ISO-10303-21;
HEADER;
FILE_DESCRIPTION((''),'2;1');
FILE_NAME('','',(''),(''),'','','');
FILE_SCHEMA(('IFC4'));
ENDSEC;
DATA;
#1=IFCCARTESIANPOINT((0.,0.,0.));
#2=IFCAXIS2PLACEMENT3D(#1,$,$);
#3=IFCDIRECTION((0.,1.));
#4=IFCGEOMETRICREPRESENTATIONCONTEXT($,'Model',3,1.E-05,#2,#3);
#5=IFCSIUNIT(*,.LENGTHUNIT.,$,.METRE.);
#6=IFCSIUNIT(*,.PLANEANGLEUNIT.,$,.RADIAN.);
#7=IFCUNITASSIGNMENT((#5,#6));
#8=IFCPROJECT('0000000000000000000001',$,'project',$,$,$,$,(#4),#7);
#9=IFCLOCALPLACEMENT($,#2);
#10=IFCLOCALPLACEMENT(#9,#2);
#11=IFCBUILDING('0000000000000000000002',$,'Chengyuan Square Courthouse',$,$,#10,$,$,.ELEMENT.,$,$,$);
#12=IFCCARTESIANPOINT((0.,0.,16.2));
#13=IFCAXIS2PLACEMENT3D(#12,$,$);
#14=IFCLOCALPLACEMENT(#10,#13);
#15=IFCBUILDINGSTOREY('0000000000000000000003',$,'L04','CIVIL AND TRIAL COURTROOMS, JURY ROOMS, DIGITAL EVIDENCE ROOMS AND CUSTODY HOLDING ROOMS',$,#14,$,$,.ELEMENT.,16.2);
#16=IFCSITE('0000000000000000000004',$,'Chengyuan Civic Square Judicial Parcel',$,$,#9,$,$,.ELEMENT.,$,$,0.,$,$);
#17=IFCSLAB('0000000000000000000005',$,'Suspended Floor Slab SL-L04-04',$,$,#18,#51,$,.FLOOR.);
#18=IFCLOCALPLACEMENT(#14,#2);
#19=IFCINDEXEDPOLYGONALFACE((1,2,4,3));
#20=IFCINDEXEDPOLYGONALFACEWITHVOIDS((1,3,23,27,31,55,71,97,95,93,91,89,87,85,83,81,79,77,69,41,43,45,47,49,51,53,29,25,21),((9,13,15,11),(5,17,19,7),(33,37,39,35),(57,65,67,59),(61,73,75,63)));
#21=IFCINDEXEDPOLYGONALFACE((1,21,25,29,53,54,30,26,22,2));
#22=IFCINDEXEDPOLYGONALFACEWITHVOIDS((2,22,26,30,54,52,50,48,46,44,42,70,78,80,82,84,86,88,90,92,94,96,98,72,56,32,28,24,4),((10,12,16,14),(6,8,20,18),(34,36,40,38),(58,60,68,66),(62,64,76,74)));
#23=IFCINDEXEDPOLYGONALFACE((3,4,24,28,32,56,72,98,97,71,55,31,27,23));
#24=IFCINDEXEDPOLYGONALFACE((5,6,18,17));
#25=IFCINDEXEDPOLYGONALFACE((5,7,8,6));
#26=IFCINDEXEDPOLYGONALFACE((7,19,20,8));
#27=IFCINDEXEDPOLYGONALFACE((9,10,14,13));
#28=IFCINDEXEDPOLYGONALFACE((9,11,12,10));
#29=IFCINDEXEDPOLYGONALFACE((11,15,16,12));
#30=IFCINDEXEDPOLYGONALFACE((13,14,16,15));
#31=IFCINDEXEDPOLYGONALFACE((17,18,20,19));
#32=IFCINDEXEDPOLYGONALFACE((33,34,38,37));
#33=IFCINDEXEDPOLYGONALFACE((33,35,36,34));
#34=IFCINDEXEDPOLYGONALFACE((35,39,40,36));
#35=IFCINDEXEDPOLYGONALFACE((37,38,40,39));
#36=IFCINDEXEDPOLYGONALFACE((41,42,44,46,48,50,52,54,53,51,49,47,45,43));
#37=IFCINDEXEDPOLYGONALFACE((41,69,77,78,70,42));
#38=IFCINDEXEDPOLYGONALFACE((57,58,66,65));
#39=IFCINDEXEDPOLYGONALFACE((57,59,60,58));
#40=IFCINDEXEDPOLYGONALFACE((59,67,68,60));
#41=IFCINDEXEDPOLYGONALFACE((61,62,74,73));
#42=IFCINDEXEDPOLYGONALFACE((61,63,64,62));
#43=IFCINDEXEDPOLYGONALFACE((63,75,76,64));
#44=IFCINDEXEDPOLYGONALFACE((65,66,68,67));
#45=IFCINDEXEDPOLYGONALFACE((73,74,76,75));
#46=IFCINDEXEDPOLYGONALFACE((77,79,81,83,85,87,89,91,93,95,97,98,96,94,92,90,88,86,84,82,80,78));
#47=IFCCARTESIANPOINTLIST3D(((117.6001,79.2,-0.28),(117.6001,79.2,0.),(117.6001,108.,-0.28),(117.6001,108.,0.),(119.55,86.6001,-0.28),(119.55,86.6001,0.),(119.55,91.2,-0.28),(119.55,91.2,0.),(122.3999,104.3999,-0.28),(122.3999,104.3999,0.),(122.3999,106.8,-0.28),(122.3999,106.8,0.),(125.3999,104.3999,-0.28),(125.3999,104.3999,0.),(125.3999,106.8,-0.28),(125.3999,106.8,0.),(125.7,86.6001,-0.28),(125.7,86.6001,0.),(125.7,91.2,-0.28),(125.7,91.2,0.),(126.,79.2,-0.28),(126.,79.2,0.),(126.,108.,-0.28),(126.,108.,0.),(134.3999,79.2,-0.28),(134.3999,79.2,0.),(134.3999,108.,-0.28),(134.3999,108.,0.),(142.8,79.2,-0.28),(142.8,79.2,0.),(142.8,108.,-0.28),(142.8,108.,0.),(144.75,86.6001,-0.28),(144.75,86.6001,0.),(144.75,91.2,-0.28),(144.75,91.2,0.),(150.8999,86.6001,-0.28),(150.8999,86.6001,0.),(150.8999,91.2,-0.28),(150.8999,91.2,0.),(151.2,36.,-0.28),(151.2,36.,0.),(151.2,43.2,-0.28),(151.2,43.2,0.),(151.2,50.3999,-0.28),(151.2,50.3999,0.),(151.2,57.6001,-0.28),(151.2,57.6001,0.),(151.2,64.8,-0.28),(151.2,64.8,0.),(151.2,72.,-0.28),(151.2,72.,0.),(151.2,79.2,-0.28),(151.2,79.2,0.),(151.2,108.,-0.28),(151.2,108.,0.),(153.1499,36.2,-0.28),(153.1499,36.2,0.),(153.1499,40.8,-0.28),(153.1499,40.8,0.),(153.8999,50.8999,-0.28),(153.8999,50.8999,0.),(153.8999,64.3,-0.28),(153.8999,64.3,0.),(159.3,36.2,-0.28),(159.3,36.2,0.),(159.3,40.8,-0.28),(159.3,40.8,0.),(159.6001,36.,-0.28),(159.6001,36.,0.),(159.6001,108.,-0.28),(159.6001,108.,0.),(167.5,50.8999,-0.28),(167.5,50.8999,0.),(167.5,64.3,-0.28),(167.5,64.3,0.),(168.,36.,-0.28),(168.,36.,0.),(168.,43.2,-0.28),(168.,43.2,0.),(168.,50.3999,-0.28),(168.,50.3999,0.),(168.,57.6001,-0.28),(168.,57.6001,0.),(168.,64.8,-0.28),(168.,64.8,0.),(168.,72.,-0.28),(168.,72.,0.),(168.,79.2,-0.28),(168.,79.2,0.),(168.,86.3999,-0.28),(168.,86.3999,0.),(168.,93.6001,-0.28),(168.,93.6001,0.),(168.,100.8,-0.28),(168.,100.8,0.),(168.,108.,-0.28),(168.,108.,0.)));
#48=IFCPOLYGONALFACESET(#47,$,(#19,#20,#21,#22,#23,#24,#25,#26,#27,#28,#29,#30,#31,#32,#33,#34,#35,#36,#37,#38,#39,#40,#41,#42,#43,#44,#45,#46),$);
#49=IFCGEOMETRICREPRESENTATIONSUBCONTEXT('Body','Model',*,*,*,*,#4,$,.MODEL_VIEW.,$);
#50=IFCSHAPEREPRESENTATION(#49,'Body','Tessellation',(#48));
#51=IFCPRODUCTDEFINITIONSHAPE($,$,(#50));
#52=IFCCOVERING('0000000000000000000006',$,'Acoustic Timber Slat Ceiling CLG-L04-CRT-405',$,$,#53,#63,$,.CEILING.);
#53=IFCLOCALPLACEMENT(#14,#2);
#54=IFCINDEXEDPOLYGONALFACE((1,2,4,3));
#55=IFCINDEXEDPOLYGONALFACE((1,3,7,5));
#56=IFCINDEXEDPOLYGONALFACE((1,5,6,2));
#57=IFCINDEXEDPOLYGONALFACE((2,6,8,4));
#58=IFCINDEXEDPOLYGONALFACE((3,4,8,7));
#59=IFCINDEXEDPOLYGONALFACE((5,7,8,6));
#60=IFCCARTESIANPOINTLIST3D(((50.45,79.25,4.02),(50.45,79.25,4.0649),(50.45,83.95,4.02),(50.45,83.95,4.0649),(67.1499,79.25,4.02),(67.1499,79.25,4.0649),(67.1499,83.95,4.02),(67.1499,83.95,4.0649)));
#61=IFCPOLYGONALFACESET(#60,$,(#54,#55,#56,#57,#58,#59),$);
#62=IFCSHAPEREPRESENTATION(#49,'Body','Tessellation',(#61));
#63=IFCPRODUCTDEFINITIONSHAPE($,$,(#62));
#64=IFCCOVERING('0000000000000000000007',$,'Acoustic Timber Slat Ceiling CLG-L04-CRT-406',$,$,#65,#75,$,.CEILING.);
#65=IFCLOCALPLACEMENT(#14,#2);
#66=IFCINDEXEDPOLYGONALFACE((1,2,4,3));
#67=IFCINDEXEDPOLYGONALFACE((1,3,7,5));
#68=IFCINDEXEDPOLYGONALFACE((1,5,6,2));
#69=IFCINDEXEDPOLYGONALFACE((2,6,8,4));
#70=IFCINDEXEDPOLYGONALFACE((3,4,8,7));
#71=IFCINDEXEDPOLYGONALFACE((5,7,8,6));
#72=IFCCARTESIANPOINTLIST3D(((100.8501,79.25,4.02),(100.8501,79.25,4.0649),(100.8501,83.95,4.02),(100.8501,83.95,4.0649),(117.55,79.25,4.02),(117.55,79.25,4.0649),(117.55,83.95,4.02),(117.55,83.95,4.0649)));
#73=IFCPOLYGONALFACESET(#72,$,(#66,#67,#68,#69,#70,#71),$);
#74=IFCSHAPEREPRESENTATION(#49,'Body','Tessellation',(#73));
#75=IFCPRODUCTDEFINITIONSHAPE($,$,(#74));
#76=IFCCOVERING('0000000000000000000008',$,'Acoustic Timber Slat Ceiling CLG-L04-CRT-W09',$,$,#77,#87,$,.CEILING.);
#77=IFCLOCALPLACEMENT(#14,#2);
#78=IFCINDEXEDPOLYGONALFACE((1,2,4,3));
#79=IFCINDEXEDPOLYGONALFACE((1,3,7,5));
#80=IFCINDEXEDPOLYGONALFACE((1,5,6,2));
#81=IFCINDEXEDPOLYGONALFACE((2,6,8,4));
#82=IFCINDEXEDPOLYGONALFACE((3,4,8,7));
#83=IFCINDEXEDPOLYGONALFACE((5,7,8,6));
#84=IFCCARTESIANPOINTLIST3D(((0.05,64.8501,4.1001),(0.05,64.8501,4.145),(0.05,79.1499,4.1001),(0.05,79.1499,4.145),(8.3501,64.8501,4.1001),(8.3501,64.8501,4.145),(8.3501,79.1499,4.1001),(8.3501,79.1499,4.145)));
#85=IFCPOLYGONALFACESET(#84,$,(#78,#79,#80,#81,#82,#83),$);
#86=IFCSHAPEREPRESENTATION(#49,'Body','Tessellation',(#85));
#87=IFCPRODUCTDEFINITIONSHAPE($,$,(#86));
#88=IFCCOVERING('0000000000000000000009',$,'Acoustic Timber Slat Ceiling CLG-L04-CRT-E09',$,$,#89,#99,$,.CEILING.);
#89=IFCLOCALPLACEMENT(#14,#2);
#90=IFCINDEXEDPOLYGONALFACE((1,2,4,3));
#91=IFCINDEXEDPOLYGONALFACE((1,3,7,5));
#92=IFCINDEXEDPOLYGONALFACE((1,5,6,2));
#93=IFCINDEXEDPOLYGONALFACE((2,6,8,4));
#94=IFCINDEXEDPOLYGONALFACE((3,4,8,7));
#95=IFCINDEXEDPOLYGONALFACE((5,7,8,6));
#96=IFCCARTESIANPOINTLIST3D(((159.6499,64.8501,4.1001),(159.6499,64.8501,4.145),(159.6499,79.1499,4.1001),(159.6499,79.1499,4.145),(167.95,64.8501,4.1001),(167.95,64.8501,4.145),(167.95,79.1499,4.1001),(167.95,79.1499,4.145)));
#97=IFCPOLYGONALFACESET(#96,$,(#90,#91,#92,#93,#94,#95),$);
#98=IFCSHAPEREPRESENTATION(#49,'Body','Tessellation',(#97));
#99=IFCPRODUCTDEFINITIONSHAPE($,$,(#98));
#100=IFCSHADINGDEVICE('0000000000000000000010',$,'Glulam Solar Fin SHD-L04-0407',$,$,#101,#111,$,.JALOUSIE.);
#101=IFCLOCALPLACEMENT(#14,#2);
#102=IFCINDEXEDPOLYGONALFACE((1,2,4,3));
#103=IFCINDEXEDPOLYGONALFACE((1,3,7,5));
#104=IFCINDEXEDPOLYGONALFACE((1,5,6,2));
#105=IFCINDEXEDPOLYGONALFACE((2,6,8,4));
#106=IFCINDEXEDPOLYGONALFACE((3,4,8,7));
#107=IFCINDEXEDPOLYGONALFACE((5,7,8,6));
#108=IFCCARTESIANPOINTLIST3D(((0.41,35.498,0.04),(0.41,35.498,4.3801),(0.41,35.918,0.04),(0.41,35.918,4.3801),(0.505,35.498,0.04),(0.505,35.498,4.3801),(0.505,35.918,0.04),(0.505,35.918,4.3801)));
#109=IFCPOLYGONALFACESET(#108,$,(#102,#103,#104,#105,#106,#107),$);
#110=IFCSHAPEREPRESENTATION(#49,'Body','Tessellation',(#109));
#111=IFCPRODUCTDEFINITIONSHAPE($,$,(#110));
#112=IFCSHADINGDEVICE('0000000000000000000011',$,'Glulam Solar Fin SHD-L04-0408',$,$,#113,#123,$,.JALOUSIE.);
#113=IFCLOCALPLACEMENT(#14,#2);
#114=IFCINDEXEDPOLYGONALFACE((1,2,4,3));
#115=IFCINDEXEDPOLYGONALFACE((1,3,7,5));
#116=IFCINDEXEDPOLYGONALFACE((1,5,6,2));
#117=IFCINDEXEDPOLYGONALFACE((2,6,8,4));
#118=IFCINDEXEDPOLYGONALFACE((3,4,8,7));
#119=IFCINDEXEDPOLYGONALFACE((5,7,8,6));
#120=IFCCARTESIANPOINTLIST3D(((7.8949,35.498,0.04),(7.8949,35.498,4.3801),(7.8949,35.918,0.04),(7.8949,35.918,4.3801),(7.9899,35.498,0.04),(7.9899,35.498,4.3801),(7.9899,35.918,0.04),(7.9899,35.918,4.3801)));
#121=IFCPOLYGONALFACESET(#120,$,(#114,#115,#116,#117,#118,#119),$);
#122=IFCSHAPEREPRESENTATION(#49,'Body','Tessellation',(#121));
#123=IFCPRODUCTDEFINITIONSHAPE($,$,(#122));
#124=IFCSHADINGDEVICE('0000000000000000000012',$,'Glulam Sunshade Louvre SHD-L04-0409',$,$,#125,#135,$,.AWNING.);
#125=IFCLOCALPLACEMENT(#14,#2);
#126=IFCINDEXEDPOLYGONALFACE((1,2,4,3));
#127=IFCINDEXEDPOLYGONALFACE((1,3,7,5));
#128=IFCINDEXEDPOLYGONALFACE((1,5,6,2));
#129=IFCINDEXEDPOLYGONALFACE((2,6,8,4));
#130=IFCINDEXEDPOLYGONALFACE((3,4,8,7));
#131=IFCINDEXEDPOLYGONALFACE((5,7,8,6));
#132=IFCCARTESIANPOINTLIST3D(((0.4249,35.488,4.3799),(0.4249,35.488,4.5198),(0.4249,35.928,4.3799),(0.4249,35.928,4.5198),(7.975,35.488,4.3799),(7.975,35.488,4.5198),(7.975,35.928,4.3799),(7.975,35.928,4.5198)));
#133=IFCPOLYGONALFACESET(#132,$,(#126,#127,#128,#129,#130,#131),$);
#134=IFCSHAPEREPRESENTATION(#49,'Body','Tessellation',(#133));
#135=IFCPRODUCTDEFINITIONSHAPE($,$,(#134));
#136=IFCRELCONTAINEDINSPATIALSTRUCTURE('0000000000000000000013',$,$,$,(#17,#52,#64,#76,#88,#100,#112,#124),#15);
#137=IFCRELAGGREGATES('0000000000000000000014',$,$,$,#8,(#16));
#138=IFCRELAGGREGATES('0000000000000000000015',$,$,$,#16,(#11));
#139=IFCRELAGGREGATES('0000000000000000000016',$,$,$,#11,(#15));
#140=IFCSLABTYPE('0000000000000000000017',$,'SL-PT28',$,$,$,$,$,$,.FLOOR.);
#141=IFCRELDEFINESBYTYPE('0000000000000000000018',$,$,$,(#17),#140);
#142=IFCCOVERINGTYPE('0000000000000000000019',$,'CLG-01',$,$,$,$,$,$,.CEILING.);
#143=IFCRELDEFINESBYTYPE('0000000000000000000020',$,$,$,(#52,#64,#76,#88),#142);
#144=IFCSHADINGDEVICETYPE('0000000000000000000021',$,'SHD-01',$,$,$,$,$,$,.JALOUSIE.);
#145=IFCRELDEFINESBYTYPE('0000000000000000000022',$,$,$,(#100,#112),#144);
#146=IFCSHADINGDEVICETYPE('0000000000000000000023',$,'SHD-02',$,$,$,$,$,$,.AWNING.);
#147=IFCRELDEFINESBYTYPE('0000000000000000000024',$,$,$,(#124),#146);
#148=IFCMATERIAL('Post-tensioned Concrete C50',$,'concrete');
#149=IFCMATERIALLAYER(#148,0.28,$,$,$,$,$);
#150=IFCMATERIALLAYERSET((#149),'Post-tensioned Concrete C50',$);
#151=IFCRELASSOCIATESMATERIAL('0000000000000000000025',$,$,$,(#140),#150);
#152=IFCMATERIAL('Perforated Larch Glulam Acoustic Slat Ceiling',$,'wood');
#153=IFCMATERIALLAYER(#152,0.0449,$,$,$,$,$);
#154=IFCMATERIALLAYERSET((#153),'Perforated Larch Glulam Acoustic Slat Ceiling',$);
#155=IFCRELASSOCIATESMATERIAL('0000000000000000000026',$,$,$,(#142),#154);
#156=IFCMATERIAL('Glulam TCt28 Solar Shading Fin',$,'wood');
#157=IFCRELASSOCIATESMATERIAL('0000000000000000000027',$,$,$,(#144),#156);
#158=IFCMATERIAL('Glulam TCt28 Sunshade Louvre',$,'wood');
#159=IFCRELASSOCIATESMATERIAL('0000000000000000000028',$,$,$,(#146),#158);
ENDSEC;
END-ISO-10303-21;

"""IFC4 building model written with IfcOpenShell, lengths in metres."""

from ifc_helpers import new_model, si_unit, direction, frame, origin, origin_2d, place, context, subcontext, project, spatial, polyline, rectangle, outline, extrude, material, layer, layer_set, type_object, element, save


model = new_model("IFC4")

# Units and contexts
model_context = context("Model", 3, precision=1e-05, world=origin(), true_north=direction((0.0, 1.0)))
body_context = subcontext(model_context, "Body", "Model", "MODEL_VIEW")
ifc_project = project(units=[si_unit("LENGTHUNIT", "METRE"), si_unit("PLANEANGLEUNIT", "RADIAN")], contexts=[model_context])

# Site, building, storey
site_placement = place(None, origin())
site = spatial("IfcSite", under=ifc_project, at=site_placement, Name="Chengyuan Civic Square Judicial Parcel", CompositionType="ELEMENT", RefElevation=0.0)
building_placement = place(site_placement, origin())
building = spatial("IfcBuilding", under=site, at=building_placement, Name="Chengyuan Square Courthouse", CompositionType="ELEMENT")
storey_placement = place(building_placement, frame((0.0, 0.0, 16.2)))
storey = spatial("IfcBuildingStorey", under=building, at=storey_placement, Name="L04", Description="CIVIL AND TRIAL COURTROOMS, JURY ROOMS, DIGITAL EVIDENCE ROOMS AND CUSTODY HOLDING ROOMS", CompositionType="ELEMENT", Elevation=16.2)

# Slab
ifc_material_1 = material(Name="Post-tensioned Concrete C50", Category="concrete")
ifc_layer_1 = layer(ifc_material_1, 0.28)
ifc_layer_set_1 = layer_set([ifc_layer_1], Name="Post-tensioned Concrete C50")
slab_type_1 = type_object("IfcSlabType", Name="SL-PT28", PredefinedType="FLOOR", material=ifc_layer_set_1)
slab_1_placement = place(storey_placement, frame((0.0, 0.0, -0.28)))
element("IfcSlab", 1, at=slab_1_placement, inside=storey, type_object=slab_type_1, Name="Suspended Floor Slab SL-L04-04", PredefinedType="FLOOR", context=body_context, shape_type="SweptSolid", body=[
    extrude(outline(polyline([(126.0, 108.0), (134.3999, 108.0), (142.8, 108.0), (151.2, 108.0), (159.6001, 108.0), (168.0, 108.0), (168.0, 100.8), (168.0, 93.6001), (168.0, 86.3999), (168.0, 79.2), (168.0, 72.0), (168.0, 64.8), (168.0, 57.6001), (168.0, 50.3999), (168.0, 43.2), (168.0, 36.0), (159.6001, 36.0), (151.2, 36.0), (151.2, 43.2), (151.2, 50.3999), (151.2, 57.6001), (151.2, 64.8), (151.2, 72.0), (151.2, 79.2), (142.8, 79.2), (134.3999, 79.2), (126.0, 79.2), (117.6001, 79.2), (117.6001, 108.0), (126.0, 108.0)]), holes=[polyline([(159.3, 40.8), (153.1499, 40.8), (153.1499, 36.2), (159.3, 36.2), (159.3, 40.8)]), polyline([(167.5, 64.3), (153.8999, 64.3), (153.8999, 50.8999), (167.5, 50.8999), (167.5, 64.3)]), polyline([(125.7, 91.2), (119.55, 91.2), (119.55, 86.6001), (125.7, 86.6001), (125.7, 91.2)]), polyline([(150.8999, 91.2), (144.75, 91.2), (144.75, 86.6001), (150.8999, 86.6001), (150.8999, 91.2)]), polyline([(125.3999, 106.8), (122.3999, 106.8), (122.3999, 104.3999), (125.3999, 104.3999), (125.3999, 106.8)])]), origin(), (0.0, 0.0, 1.0), 0.28),
])

# Coverings
ifc_material_2 = material(Name="Perforated Larch Glulam Acoustic Slat Ceiling", Category="wood")
ifc_layer_2 = layer(ifc_material_2, 0.0449)
ifc_layer_set_2 = layer_set([ifc_layer_2], Name="Perforated Larch Glulam Acoustic Slat Ceiling")
covering_type = type_object("IfcCoveringType", Name="CLG-01", PredefinedType="CEILING", material=ifc_layer_set_2)
covering_1_placement = place(storey_placement, frame((0.0, 0.0, 4.02)))
element("IfcCovering", 2, at=covering_1_placement, inside=storey, type_object=covering_type, Name="Acoustic Timber Slat Ceiling CLG-L04-CRT-405", PredefinedType="CEILING", context=body_context, shape_type="SweptSolid", body=[
    extrude(outline(polyline([(50.45, 79.25), (67.1499, 79.25), (67.1499, 83.95), (50.45, 83.95), (50.45, 79.25)])), origin(), (0.0, 0.0, 1.0), 0.0449),
])
covering_2_placement = place(storey_placement, frame((0.0, 0.0, 4.02)))
element("IfcCovering", 3, at=covering_2_placement, inside=storey, type_object=covering_type, Name="Acoustic Timber Slat Ceiling CLG-L04-CRT-406", PredefinedType="CEILING", context=body_context, shape_type="SweptSolid", body=[
    extrude(outline(polyline([(100.8501, 79.25), (117.55, 79.25), (117.55, 83.95), (100.8501, 83.95), (100.8501, 79.25)])), origin(), (0.0, 0.0, 1.0), 0.0449),
])
covering_3_placement = place(storey_placement, frame((0.0, 0.0, 4.1001)))
element("IfcCovering", 4, at=covering_3_placement, inside=storey, type_object=covering_type, Name="Acoustic Timber Slat Ceiling CLG-L04-CRT-W09", PredefinedType="CEILING", context=body_context, shape_type="SweptSolid", body=[
    extrude(outline(polyline([(0.05, 64.8501), (8.3501, 64.8501), (8.3501, 79.1499), (0.05, 79.1499), (0.05, 64.8501)])), origin(), (0.0, 0.0, 1.0), 0.0449),
])
covering_4_placement = place(storey_placement, frame((0.0, 0.0, 4.1001)))
element("IfcCovering", 5, at=covering_4_placement, inside=storey, type_object=covering_type, Name="Acoustic Timber Slat Ceiling CLG-L04-CRT-E09", PredefinedType="CEILING", context=body_context, shape_type="SweptSolid", body=[
    extrude(outline(polyline([(159.6499, 64.8501), (167.95, 64.8501), (167.95, 79.1499), (159.6499, 79.1499), (159.6499, 64.8501)])), origin(), (0.0, 0.0, 1.0), 0.0449),
])

# Shading devices
ifc_material_3 = material(Name="Glulam TCt28 Solar Shading Fin", Category="wood")
shading_device_type_1 = type_object("IfcShadingDeviceType", Name="SHD-01", PredefinedType="JALOUSIE", material=ifc_material_3)
for number, where, z_axis, x_axis, name in (
    (6, (0.4575, 35.708, 0.04), (0.0, 0.0, 1.0), (0.0, 1.0, 0.0), "Glulam Solar Fin SHD-L04-0407"),
    (7, (7.9424, 35.708, 0.04), (0.0, 0.0, 1.0), (0.0, 1.0, 0.0), "Glulam Solar Fin SHD-L04-0408"),
):
    element("IfcShadingDevice", number, at=place(storey_placement, frame(where, z_axis=z_axis, x_axis=x_axis)), inside=storey, type_object=shading_device_type_1, Name=name, PredefinedType="JALOUSIE", context=body_context, shape_type="SweptSolid", body=[
        extrude(rectangle(XDim=0.4199, YDim=0.095, at=origin_2d()), origin(), (0.0, 0.0, 1.0), 4.3401),
    ])
ifc_material_4 = material(Name="Glulam TCt28 Sunshade Louvre", Category="wood")
shading_device_type_2 = type_object("IfcShadingDeviceType", Name="SHD-02", PredefinedType="AWNING", material=ifc_material_4)
shading_device_placement = place(storey_placement, frame((4.2, 35.708, 4.3799), z_axis=(0.0, 0.0, 1.0), x_axis=(1.0, 0.0, 0.0)))
element("IfcShadingDevice", 8, at=shading_device_placement, inside=storey, type_object=shading_device_type_2, Name="Glulam Sunshade Louvre SHD-L04-0409", PredefinedType="AWNING", context=body_context, shape_type="SweptSolid", body=[
    extrude(rectangle(XDim=7.55, YDim=0.4399, at=origin_2d()), origin(), (0.0, 0.0, 1.0), 0.1399),
])

save(model, "model.ifc")
